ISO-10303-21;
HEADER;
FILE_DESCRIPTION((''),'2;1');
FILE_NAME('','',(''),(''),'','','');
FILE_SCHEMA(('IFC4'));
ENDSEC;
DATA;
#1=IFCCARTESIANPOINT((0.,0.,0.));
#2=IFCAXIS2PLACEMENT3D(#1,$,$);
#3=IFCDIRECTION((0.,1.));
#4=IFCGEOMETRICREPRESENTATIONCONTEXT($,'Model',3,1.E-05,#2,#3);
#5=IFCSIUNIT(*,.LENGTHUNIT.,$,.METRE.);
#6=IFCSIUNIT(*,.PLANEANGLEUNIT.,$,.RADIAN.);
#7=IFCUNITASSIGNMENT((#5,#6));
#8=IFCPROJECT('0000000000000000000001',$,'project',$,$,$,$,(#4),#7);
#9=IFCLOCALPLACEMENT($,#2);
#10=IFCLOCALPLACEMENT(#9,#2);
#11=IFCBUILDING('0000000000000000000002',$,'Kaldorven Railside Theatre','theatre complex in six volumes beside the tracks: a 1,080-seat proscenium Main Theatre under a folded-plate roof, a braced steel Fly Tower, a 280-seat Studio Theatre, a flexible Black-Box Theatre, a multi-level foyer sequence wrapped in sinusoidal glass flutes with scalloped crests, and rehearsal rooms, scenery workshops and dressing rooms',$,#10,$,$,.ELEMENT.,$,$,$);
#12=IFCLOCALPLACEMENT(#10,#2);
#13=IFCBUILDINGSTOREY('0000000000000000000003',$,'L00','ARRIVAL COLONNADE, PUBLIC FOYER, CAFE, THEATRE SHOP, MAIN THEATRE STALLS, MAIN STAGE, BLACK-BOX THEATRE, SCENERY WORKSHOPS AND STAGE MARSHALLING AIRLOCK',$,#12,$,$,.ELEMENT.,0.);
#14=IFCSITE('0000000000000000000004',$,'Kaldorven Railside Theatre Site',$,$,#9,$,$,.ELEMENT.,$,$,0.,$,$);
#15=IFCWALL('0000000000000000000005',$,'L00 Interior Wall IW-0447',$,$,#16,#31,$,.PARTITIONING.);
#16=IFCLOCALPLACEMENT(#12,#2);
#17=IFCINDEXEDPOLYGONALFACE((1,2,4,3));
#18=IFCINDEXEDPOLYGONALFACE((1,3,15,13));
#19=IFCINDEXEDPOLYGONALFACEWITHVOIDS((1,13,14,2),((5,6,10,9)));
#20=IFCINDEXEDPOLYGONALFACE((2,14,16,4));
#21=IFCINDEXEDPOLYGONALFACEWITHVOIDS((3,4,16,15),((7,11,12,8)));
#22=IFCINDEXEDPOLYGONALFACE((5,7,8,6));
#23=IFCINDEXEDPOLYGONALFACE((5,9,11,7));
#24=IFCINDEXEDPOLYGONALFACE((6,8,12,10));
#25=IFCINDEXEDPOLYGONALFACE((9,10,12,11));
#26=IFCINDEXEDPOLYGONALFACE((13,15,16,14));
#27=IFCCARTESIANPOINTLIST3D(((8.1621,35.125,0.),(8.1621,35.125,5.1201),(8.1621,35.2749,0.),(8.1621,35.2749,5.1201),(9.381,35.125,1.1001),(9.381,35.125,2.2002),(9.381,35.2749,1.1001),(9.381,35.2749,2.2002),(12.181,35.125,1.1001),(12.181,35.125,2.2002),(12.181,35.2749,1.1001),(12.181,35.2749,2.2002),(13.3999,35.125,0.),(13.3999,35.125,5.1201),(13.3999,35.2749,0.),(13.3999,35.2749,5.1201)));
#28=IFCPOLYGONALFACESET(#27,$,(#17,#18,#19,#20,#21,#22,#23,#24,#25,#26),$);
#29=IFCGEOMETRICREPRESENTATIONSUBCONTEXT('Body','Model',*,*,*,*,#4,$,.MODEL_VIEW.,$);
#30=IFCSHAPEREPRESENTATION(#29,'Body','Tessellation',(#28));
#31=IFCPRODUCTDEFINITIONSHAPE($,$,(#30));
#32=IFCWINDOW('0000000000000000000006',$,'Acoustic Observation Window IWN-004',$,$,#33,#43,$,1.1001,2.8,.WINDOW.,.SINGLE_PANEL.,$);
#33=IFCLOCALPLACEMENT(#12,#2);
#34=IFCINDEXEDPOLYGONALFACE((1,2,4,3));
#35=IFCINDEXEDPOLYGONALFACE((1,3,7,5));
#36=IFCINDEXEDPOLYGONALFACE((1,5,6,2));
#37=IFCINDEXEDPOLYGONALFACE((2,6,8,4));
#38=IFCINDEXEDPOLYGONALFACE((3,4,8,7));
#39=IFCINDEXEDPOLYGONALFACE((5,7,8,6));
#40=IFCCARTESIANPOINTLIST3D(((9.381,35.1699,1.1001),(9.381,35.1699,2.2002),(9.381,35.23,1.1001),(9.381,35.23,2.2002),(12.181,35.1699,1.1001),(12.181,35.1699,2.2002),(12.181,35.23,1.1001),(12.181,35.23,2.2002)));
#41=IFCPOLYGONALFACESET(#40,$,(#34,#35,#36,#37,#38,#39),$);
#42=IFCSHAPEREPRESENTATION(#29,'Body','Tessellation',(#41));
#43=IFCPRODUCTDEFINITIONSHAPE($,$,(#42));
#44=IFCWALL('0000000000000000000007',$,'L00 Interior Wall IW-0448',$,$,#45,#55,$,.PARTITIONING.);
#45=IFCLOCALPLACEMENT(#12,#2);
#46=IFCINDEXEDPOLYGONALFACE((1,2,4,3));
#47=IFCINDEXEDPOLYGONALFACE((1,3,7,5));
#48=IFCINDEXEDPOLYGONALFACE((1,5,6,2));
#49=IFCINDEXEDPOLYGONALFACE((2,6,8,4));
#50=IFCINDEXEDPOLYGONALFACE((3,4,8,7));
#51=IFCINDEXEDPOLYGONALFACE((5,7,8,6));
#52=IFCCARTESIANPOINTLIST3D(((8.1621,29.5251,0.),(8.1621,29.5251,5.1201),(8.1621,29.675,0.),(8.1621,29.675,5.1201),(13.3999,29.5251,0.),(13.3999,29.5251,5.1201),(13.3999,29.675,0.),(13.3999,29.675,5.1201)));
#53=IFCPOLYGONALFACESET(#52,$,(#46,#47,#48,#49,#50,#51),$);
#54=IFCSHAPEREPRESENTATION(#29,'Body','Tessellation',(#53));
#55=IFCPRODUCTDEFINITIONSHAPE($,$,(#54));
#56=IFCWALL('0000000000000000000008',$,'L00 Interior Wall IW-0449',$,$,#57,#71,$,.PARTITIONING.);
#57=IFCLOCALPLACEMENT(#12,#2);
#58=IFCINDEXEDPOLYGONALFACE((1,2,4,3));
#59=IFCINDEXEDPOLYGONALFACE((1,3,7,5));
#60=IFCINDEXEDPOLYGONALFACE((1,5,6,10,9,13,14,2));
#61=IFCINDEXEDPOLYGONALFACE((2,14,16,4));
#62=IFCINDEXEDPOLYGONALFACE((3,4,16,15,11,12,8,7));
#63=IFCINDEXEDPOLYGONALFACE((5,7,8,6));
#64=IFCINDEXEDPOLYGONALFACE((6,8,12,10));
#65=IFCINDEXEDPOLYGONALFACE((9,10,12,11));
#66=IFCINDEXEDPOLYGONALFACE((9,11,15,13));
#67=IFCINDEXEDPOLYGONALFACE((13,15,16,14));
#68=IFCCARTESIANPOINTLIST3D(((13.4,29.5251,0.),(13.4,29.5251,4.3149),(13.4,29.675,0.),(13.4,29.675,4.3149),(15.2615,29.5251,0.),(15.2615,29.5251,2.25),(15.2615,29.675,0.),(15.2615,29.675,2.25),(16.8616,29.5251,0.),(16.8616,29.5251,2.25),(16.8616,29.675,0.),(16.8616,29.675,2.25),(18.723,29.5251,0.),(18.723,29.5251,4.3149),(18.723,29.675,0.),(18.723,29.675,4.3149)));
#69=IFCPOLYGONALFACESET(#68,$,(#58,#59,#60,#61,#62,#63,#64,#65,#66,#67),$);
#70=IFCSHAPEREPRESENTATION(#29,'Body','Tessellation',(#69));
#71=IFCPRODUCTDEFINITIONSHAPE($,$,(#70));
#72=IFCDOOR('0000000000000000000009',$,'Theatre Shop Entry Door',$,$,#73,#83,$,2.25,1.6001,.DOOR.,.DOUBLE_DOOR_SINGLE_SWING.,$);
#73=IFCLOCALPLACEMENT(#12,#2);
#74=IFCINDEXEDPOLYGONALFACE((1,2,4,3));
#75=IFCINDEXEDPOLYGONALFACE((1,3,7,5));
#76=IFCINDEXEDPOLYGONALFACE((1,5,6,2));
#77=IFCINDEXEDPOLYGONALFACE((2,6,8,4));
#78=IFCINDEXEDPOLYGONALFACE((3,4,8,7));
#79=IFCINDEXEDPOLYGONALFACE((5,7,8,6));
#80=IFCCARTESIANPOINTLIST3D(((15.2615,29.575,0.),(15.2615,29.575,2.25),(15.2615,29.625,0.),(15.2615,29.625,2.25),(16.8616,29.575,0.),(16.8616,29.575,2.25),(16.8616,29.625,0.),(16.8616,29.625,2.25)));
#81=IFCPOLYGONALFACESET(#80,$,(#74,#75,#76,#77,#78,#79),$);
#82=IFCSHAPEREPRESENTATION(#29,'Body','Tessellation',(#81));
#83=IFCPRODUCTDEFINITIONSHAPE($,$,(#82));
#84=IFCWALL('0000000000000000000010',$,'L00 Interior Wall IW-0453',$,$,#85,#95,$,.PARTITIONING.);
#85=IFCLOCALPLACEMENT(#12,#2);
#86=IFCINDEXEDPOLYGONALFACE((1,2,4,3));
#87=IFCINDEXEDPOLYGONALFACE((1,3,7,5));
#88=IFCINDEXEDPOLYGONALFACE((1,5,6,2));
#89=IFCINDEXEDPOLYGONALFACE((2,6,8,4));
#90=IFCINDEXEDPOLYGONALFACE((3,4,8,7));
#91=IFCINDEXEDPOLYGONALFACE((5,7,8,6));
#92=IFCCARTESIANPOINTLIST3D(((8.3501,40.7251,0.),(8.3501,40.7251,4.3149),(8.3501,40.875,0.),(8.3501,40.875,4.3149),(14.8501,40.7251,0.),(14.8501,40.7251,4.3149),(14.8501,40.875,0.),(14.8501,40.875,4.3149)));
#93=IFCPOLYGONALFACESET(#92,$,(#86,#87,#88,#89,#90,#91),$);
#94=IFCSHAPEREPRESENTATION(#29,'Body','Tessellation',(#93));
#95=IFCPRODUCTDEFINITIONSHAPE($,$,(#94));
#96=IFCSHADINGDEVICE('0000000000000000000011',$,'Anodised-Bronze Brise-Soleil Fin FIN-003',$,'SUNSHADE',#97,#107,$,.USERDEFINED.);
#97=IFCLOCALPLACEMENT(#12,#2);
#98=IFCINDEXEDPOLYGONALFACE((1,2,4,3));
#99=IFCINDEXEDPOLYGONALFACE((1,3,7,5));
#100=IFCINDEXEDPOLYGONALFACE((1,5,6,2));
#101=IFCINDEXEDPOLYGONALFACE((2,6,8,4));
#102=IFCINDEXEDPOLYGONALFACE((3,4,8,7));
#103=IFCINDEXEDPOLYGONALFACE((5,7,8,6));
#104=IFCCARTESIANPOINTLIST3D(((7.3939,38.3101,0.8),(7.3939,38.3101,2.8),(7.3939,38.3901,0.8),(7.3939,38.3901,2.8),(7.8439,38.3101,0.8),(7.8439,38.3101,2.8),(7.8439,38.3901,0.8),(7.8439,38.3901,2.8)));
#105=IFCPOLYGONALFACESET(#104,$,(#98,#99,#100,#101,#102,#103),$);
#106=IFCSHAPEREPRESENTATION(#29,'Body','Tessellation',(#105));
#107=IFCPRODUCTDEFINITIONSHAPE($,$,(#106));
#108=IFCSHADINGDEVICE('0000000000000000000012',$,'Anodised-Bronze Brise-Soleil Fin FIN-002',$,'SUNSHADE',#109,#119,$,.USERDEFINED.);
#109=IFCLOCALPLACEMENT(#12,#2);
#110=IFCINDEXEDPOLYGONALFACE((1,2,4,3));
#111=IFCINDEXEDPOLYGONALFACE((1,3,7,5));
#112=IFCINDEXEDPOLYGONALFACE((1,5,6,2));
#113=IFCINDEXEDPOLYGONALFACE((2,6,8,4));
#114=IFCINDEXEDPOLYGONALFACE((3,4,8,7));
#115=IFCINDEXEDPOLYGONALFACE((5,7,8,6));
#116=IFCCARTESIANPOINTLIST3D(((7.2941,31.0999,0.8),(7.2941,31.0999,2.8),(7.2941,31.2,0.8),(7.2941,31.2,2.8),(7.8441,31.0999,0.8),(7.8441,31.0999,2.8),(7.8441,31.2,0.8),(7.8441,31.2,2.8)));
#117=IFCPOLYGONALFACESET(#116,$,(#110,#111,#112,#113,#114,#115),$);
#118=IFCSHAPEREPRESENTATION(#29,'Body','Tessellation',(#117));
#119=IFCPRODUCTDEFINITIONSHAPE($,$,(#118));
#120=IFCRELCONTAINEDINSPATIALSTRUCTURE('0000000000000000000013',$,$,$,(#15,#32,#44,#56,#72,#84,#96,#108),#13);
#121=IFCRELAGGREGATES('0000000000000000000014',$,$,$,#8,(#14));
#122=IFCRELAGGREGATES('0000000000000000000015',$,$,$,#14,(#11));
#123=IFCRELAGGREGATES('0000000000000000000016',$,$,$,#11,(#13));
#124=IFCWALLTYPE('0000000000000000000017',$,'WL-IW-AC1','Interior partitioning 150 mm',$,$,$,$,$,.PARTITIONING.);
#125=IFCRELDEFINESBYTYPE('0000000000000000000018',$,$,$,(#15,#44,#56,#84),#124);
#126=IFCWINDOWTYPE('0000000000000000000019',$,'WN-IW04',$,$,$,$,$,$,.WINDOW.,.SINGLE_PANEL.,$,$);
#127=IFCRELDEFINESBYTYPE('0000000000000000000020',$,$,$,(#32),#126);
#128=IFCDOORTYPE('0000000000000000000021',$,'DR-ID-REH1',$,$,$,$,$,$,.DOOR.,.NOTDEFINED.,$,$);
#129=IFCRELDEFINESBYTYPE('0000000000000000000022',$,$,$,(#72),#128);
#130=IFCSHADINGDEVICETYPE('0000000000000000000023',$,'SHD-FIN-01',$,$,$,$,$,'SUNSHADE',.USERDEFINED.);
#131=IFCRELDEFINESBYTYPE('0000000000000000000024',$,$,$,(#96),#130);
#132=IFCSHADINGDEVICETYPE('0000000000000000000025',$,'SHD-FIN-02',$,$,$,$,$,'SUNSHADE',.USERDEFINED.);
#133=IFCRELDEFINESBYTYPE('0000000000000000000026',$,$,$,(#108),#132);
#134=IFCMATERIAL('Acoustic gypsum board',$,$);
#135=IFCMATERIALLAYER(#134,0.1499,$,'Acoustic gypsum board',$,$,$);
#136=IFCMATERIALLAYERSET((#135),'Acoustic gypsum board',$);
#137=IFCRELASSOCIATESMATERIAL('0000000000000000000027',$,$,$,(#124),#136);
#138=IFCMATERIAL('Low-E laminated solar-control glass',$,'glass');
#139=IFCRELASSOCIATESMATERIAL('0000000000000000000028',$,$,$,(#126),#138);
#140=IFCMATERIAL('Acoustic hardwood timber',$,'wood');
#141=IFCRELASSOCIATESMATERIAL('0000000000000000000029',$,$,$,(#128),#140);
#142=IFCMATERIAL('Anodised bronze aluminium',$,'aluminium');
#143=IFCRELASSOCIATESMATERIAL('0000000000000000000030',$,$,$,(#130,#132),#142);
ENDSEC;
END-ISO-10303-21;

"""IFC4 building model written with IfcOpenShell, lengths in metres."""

from ifc_helpers import new_model, si_unit, direction, frame, frame_2d, origin, origin_2d, place, context, subcontext, project, spatial, rectangle, extrude, material, layer, layer_set, type_object, element, fill, save


model = new_model("IFC4")

# Units and contexts
model_context = context("Model", 3, precision=1e-05, world=origin(), true_north=direction((0.0, 1.0)))
body_context = subcontext(model_context, "Body", "Model", "MODEL_VIEW")
ifc_project = project(units=[si_unit("LENGTHUNIT", "METRE"), si_unit("PLANEANGLEUNIT", "RADIAN")], contexts=[model_context])

# Site, building, storey
site_placement = place(None, origin())
site = spatial("IfcSite", under=ifc_project, at=site_placement, Name="Kaldorven Railside Theatre Site", CompositionType="ELEMENT", RefElevation=0.0)
building_placement = place(site_placement, origin())
building = spatial("IfcBuilding", under=site, at=building_placement, Name="Kaldorven Railside Theatre", Description="theatre complex in six volumes beside the tracks: a 1,080-seat proscenium Main Theatre under a folded-plate roof, a braced steel Fly Tower, a 280-seat Studio Theatre, a flexible Black-Box Theatre, a multi-level foyer sequence wrapped in sinusoidal glass flutes with scalloped crests, and rehearsal rooms, scenery workshops and dressing rooms", CompositionType="ELEMENT")
storey_placement = place(building_placement, origin())
storey = spatial("IfcBuildingStorey", under=building, at=storey_placement, Name="L00", Description="ARRIVAL COLONNADE, PUBLIC FOYER, CAFE, THEATRE SHOP, MAIN THEATRE STALLS, MAIN STAGE, BLACK-BOX THEATRE, SCENERY WORKSHOPS AND STAGE MARSHALLING AIRLOCK", CompositionType="ELEMENT", Elevation=0.0)

# Wall, opening, window
ifc_material_1 = material(Name="Low-E laminated solar-control glass", Category="glass")
ifc_material_2 = material(Name="Acoustic gypsum board")
ifc_layer_1 = layer(ifc_material_2, 0.1499, Name="Acoustic gypsum board")
ifc_layer_set_1 = layer_set([ifc_layer_1], Name="Acoustic gypsum board")
wall_type_1 = type_object("IfcWallType", Name="WL-IW-AC1", Description="Interior partitioning 150 mm", PredefinedType="PARTITIONING", material=ifc_layer_set_1)
wall_1_placement = place(storey_placement, frame((13.3999, 35.2, 0.0), z_axis=(0.0, 0.0, 1.0), x_axis=(-1.0, 0.0, 0.0)))
wall_1 = element("IfcWall", 1, at=wall_1_placement, inside=storey, type_object=wall_type_1, Name="L00 Interior Wall IW-0447", PredefinedType="PARTITIONING", context=body_context, shape_type="SweptSolid", body=[
    extrude(rectangle(XDim=5.2378, YDim=0.1499, at=frame_2d((2.6189, 0.0))), origin(), (0.0, 0.0, 1.0), 5.1201),
])
opening_1_placement = place(wall_1_placement, frame((1.219, 0.0, 1.1001)))
opening_1 = element("IfcOpeningElement", 2, at=opening_1_placement, cuts=wall_1, PredefinedType="OPENING", context=body_context, shape_type="SweptSolid", body=[
    extrude(rectangle(XDim=2.8, YDim=1.1001, at=frame_2d((1.3999, 0.55))), frame((0.0, 0.085, 0.0), z_axis=(0.0, -1.0, 0.0), x_axis=(1.0, 0.0, 0.0)), (0.0, 0.0, 1.0), 0.1699),
])
window_type_1 = type_object("IfcWindowType", Name="WN-IW04", PartitioningType="SINGLE_PANEL", PredefinedType="WINDOW", material=ifc_material_1)
window_1_placement = place(opening_1_placement, origin())
window_1 = element("IfcWindow", 3, at=window_1_placement, inside=storey, type_object=window_type_1, Name="Acoustic Observation Window IWN-004", OverallHeight=1.1001, OverallWidth=2.8, PartitioningType="SINGLE_PANEL", PredefinedType="WINDOW", context=body_context, shape_type="SweptSolid", body=[
    extrude(rectangle(XDim=2.8, YDim=1.1001, at=frame_2d((1.3999, 0.55))), frame((0.0, 0.03, 0.0), z_axis=(0.0, -1.0, 0.0), x_axis=(1.0, 0.0, 0.0)), (0.0, 0.0, 1.0), 0.0601),
])
fill(opening_1, window_1)

# Wall
wall_2_placement = place(storey_placement, frame((8.1621, 29.6001, 0.0), z_axis=(0.0, 0.0, 1.0), x_axis=(1.0, 0.0, 0.0)))
element("IfcWall", 4, at=wall_2_placement, inside=storey, type_object=wall_type_1, Name="L00 Interior Wall IW-0448", PredefinedType="PARTITIONING", context=body_context, shape_type="SweptSolid", body=[
    extrude(rectangle(XDim=5.2378, YDim=0.1499, at=frame_2d((2.6189, 0.0))), origin(), (0.0, 0.0, 1.0), 5.1201),
])

# Wall, opening, door
wall_3_placement = place(storey_placement, frame((13.3999, 29.6001, 0.0), z_axis=(0.0, 0.0, 1.0), x_axis=(1.0, 0.0, 0.0)))
wall_3 = element("IfcWall", 5, at=wall_3_placement, inside=storey, type_object=wall_type_1, Name="L00 Interior Wall IW-0449", PredefinedType="PARTITIONING", context=body_context, shape_type="SweptSolid", body=[
    extrude(rectangle(XDim=5.323, YDim=0.1499, at=frame_2d((2.6616, 0.0))), origin(), (0.0, 0.0, 1.0), 4.3149),
])
opening_2_placement = place(wall_3_placement, frame((1.8616, 0.0, 0.0)))
opening_2 = element("IfcOpeningElement", 6, at=opening_2_placement, cuts=wall_3, PredefinedType="OPENING", context=body_context, shape_type="SweptSolid", body=[
    extrude(rectangle(XDim=1.6001, YDim=2.25, at=frame_2d((0.8, 1.125))), frame((0.0, 0.085, 0.0), z_axis=(0.0, -1.0, 0.0), x_axis=(1.0, 0.0, 0.0)), (0.0, 0.0, 1.0), 0.1699),
])
ifc_material_3 = material(Name="Acoustic hardwood timber", Category="wood")
door_type = type_object("IfcDoorType", Name="DR-ID-REH1", OperationType="NOTDEFINED", PredefinedType="DOOR", material=ifc_material_3)
door_placement = place(opening_2_placement, origin())
door = element("IfcDoor", 7, at=door_placement, inside=storey, type_object=door_type, Name="Theatre Shop Entry Door", OperationType="DOUBLE_DOOR_SINGLE_SWING", OverallHeight=2.25, OverallWidth=1.6001, PredefinedType="DOOR", context=body_context, shape_type="SweptSolid", body=[
    extrude(rectangle(XDim=1.6001, YDim=2.25, at=frame_2d((0.8, 1.125))), frame((0.0, 0.0249, 0.0), z_axis=(0.0, -1.0, 0.0), x_axis=(1.0, 0.0, 0.0)), (0.0, 0.0, 1.0), 0.05),
])
fill(opening_2, door)

# Wall
wall_4_placement = place(storey_placement, frame((14.8501, 40.8, 0.0), z_axis=(0.0, 0.0, 1.0), x_axis=(-1.0, 0.0, 0.0)))
element("IfcWall", 8, at=wall_4_placement, inside=storey, type_object=wall_type_1, Name="L00 Interior Wall IW-0453", PredefinedType="PARTITIONING", context=body_context, shape_type="SweptSolid", body=[
    extrude(rectangle(XDim=6.5, YDim=0.1499, at=frame_2d((3.25, 0.0))), origin(), (0.0, 0.0, 1.0), 4.3149),
])

# Shading devices
ifc_material_4 = material(Name="Anodised bronze aluminium", Category="aluminium")
shading_device_type_1 = type_object("IfcShadingDeviceType", Name="SHD-FIN-01", ElementType="SUNSHADE", PredefinedType="USERDEFINED", material=ifc_material_4)
shading_device_1_placement = place(storey_placement, frame((7.6189, 38.3501, 0.8), z_axis=(0.0, 0.0, 1.0), x_axis=(0.0, 1.0, 0.0)))
element("IfcShadingDevice", 9, at=shading_device_1_placement, inside=storey, type_object=shading_device_type_1, Name="Anodised-Bronze Brise-Soleil Fin FIN-003", ObjectType="SUNSHADE", PredefinedType="USERDEFINED", context=body_context, shape_type="SweptSolid", body=[
    extrude(rectangle(XDim=0.0801, YDim=0.45, at=origin_2d()), origin(), (0.0, 0.0, 1.0), 2.0),
])
shading_device_type_2 = type_object("IfcShadingDeviceType", Name="SHD-FIN-02", ElementType="SUNSHADE", PredefinedType="USERDEFINED", material=ifc_material_4)
shading_device_2_placement = place(storey_placement, frame((7.5691, 31.1499, 0.8), z_axis=(0.0, 0.0, 1.0), x_axis=(0.0, 1.0, 0.0)))
element("IfcShadingDevice", 10, at=shading_device_2_placement, inside=storey, type_object=shading_device_type_2, Name="Anodised-Bronze Brise-Soleil Fin FIN-002", ObjectType="SUNSHADE", PredefinedType="USERDEFINED", context=body_context, shape_type="SweptSolid", body=[
    extrude(rectangle(XDim=0.1001, YDim=0.55, at=origin_2d()), origin(), (0.0, 0.0, 1.0), 2.0),
])

save(model, "model.ifc")
